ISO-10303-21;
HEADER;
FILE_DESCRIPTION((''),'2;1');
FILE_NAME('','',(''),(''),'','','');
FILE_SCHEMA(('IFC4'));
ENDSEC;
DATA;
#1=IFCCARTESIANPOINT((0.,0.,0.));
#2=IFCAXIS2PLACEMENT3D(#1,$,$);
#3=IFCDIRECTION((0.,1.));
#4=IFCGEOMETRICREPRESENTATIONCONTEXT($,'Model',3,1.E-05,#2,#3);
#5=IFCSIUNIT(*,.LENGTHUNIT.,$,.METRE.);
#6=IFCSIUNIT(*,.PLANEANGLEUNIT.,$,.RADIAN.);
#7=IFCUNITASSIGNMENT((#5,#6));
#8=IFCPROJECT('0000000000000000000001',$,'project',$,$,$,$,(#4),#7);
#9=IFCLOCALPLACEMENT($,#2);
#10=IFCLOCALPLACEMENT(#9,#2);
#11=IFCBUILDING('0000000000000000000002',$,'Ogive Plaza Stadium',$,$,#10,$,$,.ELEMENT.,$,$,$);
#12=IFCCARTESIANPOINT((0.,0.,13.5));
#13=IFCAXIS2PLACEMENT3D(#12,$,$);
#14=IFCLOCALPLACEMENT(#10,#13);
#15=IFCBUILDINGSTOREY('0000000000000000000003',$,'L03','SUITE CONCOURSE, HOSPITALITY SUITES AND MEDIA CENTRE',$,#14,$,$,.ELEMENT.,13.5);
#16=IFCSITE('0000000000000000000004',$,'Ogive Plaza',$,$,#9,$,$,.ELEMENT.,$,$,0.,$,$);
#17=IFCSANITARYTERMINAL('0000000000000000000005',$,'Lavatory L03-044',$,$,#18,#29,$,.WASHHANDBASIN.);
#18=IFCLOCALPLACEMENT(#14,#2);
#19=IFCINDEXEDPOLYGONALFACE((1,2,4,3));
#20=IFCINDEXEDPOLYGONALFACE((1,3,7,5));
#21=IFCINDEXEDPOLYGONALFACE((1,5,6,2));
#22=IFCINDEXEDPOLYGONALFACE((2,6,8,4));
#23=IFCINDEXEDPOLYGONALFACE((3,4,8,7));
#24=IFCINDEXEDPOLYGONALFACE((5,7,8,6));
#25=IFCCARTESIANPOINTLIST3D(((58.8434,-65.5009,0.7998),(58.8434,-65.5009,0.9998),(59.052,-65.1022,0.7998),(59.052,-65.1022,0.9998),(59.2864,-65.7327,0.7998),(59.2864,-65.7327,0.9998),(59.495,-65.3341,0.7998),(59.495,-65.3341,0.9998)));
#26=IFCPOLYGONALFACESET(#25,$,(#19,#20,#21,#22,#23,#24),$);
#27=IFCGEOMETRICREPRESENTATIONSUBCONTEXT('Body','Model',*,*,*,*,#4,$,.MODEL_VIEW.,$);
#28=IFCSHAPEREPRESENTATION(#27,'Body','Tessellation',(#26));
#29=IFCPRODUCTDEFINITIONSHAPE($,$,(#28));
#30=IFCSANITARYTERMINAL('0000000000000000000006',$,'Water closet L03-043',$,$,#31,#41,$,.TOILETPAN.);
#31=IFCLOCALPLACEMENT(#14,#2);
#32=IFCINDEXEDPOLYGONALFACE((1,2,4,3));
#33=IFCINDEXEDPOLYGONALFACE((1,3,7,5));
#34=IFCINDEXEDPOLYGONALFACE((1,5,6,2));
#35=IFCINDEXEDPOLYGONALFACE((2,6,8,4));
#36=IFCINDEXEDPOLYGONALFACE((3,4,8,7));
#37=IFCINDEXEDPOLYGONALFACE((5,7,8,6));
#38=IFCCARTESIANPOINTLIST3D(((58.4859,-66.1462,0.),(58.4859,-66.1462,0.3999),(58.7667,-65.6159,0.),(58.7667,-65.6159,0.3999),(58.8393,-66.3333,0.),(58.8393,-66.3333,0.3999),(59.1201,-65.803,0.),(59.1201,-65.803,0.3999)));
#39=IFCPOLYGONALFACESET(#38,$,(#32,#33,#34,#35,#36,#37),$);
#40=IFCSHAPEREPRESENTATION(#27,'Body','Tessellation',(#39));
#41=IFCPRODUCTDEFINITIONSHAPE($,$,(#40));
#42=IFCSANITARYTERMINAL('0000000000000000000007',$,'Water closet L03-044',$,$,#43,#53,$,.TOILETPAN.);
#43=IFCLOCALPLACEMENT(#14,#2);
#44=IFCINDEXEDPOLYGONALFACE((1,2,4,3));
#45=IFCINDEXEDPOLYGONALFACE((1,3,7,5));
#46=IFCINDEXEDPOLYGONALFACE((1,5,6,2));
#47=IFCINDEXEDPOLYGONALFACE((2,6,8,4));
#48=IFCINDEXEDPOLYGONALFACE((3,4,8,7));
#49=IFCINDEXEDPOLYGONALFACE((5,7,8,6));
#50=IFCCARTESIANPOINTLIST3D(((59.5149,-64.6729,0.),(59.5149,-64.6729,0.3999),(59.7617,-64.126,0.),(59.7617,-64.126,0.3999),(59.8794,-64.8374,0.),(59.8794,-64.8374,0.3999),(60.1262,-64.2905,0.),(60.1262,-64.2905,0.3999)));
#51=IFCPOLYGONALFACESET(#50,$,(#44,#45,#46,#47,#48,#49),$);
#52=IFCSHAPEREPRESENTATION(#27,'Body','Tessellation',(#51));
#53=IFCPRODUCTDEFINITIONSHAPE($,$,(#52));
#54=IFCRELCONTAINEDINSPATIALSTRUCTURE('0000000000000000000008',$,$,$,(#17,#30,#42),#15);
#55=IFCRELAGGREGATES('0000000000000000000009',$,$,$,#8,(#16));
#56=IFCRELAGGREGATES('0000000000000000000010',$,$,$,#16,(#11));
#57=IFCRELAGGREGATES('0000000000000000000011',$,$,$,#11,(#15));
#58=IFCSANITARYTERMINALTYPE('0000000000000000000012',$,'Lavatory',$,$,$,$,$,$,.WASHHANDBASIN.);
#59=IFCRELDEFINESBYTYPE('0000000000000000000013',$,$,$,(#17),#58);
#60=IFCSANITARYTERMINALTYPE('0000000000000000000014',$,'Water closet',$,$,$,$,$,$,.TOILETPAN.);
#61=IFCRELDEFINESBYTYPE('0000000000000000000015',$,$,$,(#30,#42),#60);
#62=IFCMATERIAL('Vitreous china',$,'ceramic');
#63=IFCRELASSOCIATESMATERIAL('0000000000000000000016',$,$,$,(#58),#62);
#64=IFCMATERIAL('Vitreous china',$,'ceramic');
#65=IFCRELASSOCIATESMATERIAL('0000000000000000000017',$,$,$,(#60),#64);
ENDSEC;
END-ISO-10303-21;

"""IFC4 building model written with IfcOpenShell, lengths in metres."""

from ifc_helpers import new_model, si_unit, direction, frame, origin, origin_2d, place, context, subcontext, project, spatial, rectangle, extrude, material, type_object, element, save


model = new_model("IFC4")

# Units and contexts
model_context = context("Model", 3, precision=1e-05, world=origin(), true_north=direction((0.0, 1.0)))
body_context = subcontext(model_context, "Body", "Model", "MODEL_VIEW")
ifc_project = project(units=[si_unit("LENGTHUNIT", "METRE"), si_unit("PLANEANGLEUNIT", "RADIAN")], contexts=[model_context])

# Site, building, storey
site_placement = place(None, origin())
site = spatial("IfcSite", under=ifc_project, at=site_placement, Name="Ogive Plaza", CompositionType="ELEMENT", RefElevation=0.0)
building_placement = place(site_placement, origin())
building = spatial("IfcBuilding", under=site, at=building_placement, Name="Ogive Plaza Stadium", CompositionType="ELEMENT")
storey_placement = place(building_placement, frame((0.0, 0.0, 13.5)))
storey = spatial("IfcBuildingStorey", under=building, at=storey_placement, Name="L03", Description="SUITE CONCOURSE, HOSPITALITY SUITES AND MEDIA CENTRE", CompositionType="ELEMENT", Elevation=13.5)

# Sanitary terminals
ifc_material_1 = material(Name="Vitreous china", Category="ceramic")
sanitary_terminal_type_1 = type_object("IfcSanitaryTerminalType", Name="Lavatory", PredefinedType="WASHHANDBASIN", material=ifc_material_1)
sanitary_terminal_placement = place(storey_placement, frame((59.1692, -65.4175, 0.7998), z_axis=(0.0, 0.0, 1.0), x_axis=(0.886013, -0.463659, 0.0)))
element("IfcSanitaryTerminal", 1, at=sanitary_terminal_placement, inside=storey, type_object=sanitary_terminal_type_1, Name="Lavatory L03-044", PredefinedType="WASHHANDBASIN", context=body_context, shape_type="SweptSolid", body=[
    extrude(rectangle(XDim=0.5, YDim=0.45, at=origin_2d()), origin(), (0.0, 0.0, 1.0), 0.2),
])
ifc_material_2 = material(Name="Vitreous china", Category="ceramic")
sanitary_terminal_type_2 = type_object("IfcSanitaryTerminalType", Name="Water closet", PredefinedType="TOILETPAN", material=ifc_material_2)
for number, where, z_axis, x_axis, name in (
    (2, (58.803, -65.9746, 0.0), (0.0, 0.0, 1.0), (0.883726, -0.468005, 0.0), "Water closet L03-043"),
    (3, (59.8206, -64.4817, 0.0), (0.0, 0.0, 1.0), (0.911479, -0.411346, 0.0), "Water closet L03-044"),
):
    element("IfcSanitaryTerminal", number, at=place(storey_placement, frame(where, z_axis=z_axis, x_axis=x_axis)), inside=storey, type_object=sanitary_terminal_type_2, Name=name, PredefinedType="TOILETPAN", context=body_context, shape_type="SweptSolid", body=[
        extrude(rectangle(XDim=0.3999, YDim=0.6001, at=origin_2d()), origin(), (0.0, 0.0, 1.0), 0.3999),
    ])

save(model, "model.ifc")
